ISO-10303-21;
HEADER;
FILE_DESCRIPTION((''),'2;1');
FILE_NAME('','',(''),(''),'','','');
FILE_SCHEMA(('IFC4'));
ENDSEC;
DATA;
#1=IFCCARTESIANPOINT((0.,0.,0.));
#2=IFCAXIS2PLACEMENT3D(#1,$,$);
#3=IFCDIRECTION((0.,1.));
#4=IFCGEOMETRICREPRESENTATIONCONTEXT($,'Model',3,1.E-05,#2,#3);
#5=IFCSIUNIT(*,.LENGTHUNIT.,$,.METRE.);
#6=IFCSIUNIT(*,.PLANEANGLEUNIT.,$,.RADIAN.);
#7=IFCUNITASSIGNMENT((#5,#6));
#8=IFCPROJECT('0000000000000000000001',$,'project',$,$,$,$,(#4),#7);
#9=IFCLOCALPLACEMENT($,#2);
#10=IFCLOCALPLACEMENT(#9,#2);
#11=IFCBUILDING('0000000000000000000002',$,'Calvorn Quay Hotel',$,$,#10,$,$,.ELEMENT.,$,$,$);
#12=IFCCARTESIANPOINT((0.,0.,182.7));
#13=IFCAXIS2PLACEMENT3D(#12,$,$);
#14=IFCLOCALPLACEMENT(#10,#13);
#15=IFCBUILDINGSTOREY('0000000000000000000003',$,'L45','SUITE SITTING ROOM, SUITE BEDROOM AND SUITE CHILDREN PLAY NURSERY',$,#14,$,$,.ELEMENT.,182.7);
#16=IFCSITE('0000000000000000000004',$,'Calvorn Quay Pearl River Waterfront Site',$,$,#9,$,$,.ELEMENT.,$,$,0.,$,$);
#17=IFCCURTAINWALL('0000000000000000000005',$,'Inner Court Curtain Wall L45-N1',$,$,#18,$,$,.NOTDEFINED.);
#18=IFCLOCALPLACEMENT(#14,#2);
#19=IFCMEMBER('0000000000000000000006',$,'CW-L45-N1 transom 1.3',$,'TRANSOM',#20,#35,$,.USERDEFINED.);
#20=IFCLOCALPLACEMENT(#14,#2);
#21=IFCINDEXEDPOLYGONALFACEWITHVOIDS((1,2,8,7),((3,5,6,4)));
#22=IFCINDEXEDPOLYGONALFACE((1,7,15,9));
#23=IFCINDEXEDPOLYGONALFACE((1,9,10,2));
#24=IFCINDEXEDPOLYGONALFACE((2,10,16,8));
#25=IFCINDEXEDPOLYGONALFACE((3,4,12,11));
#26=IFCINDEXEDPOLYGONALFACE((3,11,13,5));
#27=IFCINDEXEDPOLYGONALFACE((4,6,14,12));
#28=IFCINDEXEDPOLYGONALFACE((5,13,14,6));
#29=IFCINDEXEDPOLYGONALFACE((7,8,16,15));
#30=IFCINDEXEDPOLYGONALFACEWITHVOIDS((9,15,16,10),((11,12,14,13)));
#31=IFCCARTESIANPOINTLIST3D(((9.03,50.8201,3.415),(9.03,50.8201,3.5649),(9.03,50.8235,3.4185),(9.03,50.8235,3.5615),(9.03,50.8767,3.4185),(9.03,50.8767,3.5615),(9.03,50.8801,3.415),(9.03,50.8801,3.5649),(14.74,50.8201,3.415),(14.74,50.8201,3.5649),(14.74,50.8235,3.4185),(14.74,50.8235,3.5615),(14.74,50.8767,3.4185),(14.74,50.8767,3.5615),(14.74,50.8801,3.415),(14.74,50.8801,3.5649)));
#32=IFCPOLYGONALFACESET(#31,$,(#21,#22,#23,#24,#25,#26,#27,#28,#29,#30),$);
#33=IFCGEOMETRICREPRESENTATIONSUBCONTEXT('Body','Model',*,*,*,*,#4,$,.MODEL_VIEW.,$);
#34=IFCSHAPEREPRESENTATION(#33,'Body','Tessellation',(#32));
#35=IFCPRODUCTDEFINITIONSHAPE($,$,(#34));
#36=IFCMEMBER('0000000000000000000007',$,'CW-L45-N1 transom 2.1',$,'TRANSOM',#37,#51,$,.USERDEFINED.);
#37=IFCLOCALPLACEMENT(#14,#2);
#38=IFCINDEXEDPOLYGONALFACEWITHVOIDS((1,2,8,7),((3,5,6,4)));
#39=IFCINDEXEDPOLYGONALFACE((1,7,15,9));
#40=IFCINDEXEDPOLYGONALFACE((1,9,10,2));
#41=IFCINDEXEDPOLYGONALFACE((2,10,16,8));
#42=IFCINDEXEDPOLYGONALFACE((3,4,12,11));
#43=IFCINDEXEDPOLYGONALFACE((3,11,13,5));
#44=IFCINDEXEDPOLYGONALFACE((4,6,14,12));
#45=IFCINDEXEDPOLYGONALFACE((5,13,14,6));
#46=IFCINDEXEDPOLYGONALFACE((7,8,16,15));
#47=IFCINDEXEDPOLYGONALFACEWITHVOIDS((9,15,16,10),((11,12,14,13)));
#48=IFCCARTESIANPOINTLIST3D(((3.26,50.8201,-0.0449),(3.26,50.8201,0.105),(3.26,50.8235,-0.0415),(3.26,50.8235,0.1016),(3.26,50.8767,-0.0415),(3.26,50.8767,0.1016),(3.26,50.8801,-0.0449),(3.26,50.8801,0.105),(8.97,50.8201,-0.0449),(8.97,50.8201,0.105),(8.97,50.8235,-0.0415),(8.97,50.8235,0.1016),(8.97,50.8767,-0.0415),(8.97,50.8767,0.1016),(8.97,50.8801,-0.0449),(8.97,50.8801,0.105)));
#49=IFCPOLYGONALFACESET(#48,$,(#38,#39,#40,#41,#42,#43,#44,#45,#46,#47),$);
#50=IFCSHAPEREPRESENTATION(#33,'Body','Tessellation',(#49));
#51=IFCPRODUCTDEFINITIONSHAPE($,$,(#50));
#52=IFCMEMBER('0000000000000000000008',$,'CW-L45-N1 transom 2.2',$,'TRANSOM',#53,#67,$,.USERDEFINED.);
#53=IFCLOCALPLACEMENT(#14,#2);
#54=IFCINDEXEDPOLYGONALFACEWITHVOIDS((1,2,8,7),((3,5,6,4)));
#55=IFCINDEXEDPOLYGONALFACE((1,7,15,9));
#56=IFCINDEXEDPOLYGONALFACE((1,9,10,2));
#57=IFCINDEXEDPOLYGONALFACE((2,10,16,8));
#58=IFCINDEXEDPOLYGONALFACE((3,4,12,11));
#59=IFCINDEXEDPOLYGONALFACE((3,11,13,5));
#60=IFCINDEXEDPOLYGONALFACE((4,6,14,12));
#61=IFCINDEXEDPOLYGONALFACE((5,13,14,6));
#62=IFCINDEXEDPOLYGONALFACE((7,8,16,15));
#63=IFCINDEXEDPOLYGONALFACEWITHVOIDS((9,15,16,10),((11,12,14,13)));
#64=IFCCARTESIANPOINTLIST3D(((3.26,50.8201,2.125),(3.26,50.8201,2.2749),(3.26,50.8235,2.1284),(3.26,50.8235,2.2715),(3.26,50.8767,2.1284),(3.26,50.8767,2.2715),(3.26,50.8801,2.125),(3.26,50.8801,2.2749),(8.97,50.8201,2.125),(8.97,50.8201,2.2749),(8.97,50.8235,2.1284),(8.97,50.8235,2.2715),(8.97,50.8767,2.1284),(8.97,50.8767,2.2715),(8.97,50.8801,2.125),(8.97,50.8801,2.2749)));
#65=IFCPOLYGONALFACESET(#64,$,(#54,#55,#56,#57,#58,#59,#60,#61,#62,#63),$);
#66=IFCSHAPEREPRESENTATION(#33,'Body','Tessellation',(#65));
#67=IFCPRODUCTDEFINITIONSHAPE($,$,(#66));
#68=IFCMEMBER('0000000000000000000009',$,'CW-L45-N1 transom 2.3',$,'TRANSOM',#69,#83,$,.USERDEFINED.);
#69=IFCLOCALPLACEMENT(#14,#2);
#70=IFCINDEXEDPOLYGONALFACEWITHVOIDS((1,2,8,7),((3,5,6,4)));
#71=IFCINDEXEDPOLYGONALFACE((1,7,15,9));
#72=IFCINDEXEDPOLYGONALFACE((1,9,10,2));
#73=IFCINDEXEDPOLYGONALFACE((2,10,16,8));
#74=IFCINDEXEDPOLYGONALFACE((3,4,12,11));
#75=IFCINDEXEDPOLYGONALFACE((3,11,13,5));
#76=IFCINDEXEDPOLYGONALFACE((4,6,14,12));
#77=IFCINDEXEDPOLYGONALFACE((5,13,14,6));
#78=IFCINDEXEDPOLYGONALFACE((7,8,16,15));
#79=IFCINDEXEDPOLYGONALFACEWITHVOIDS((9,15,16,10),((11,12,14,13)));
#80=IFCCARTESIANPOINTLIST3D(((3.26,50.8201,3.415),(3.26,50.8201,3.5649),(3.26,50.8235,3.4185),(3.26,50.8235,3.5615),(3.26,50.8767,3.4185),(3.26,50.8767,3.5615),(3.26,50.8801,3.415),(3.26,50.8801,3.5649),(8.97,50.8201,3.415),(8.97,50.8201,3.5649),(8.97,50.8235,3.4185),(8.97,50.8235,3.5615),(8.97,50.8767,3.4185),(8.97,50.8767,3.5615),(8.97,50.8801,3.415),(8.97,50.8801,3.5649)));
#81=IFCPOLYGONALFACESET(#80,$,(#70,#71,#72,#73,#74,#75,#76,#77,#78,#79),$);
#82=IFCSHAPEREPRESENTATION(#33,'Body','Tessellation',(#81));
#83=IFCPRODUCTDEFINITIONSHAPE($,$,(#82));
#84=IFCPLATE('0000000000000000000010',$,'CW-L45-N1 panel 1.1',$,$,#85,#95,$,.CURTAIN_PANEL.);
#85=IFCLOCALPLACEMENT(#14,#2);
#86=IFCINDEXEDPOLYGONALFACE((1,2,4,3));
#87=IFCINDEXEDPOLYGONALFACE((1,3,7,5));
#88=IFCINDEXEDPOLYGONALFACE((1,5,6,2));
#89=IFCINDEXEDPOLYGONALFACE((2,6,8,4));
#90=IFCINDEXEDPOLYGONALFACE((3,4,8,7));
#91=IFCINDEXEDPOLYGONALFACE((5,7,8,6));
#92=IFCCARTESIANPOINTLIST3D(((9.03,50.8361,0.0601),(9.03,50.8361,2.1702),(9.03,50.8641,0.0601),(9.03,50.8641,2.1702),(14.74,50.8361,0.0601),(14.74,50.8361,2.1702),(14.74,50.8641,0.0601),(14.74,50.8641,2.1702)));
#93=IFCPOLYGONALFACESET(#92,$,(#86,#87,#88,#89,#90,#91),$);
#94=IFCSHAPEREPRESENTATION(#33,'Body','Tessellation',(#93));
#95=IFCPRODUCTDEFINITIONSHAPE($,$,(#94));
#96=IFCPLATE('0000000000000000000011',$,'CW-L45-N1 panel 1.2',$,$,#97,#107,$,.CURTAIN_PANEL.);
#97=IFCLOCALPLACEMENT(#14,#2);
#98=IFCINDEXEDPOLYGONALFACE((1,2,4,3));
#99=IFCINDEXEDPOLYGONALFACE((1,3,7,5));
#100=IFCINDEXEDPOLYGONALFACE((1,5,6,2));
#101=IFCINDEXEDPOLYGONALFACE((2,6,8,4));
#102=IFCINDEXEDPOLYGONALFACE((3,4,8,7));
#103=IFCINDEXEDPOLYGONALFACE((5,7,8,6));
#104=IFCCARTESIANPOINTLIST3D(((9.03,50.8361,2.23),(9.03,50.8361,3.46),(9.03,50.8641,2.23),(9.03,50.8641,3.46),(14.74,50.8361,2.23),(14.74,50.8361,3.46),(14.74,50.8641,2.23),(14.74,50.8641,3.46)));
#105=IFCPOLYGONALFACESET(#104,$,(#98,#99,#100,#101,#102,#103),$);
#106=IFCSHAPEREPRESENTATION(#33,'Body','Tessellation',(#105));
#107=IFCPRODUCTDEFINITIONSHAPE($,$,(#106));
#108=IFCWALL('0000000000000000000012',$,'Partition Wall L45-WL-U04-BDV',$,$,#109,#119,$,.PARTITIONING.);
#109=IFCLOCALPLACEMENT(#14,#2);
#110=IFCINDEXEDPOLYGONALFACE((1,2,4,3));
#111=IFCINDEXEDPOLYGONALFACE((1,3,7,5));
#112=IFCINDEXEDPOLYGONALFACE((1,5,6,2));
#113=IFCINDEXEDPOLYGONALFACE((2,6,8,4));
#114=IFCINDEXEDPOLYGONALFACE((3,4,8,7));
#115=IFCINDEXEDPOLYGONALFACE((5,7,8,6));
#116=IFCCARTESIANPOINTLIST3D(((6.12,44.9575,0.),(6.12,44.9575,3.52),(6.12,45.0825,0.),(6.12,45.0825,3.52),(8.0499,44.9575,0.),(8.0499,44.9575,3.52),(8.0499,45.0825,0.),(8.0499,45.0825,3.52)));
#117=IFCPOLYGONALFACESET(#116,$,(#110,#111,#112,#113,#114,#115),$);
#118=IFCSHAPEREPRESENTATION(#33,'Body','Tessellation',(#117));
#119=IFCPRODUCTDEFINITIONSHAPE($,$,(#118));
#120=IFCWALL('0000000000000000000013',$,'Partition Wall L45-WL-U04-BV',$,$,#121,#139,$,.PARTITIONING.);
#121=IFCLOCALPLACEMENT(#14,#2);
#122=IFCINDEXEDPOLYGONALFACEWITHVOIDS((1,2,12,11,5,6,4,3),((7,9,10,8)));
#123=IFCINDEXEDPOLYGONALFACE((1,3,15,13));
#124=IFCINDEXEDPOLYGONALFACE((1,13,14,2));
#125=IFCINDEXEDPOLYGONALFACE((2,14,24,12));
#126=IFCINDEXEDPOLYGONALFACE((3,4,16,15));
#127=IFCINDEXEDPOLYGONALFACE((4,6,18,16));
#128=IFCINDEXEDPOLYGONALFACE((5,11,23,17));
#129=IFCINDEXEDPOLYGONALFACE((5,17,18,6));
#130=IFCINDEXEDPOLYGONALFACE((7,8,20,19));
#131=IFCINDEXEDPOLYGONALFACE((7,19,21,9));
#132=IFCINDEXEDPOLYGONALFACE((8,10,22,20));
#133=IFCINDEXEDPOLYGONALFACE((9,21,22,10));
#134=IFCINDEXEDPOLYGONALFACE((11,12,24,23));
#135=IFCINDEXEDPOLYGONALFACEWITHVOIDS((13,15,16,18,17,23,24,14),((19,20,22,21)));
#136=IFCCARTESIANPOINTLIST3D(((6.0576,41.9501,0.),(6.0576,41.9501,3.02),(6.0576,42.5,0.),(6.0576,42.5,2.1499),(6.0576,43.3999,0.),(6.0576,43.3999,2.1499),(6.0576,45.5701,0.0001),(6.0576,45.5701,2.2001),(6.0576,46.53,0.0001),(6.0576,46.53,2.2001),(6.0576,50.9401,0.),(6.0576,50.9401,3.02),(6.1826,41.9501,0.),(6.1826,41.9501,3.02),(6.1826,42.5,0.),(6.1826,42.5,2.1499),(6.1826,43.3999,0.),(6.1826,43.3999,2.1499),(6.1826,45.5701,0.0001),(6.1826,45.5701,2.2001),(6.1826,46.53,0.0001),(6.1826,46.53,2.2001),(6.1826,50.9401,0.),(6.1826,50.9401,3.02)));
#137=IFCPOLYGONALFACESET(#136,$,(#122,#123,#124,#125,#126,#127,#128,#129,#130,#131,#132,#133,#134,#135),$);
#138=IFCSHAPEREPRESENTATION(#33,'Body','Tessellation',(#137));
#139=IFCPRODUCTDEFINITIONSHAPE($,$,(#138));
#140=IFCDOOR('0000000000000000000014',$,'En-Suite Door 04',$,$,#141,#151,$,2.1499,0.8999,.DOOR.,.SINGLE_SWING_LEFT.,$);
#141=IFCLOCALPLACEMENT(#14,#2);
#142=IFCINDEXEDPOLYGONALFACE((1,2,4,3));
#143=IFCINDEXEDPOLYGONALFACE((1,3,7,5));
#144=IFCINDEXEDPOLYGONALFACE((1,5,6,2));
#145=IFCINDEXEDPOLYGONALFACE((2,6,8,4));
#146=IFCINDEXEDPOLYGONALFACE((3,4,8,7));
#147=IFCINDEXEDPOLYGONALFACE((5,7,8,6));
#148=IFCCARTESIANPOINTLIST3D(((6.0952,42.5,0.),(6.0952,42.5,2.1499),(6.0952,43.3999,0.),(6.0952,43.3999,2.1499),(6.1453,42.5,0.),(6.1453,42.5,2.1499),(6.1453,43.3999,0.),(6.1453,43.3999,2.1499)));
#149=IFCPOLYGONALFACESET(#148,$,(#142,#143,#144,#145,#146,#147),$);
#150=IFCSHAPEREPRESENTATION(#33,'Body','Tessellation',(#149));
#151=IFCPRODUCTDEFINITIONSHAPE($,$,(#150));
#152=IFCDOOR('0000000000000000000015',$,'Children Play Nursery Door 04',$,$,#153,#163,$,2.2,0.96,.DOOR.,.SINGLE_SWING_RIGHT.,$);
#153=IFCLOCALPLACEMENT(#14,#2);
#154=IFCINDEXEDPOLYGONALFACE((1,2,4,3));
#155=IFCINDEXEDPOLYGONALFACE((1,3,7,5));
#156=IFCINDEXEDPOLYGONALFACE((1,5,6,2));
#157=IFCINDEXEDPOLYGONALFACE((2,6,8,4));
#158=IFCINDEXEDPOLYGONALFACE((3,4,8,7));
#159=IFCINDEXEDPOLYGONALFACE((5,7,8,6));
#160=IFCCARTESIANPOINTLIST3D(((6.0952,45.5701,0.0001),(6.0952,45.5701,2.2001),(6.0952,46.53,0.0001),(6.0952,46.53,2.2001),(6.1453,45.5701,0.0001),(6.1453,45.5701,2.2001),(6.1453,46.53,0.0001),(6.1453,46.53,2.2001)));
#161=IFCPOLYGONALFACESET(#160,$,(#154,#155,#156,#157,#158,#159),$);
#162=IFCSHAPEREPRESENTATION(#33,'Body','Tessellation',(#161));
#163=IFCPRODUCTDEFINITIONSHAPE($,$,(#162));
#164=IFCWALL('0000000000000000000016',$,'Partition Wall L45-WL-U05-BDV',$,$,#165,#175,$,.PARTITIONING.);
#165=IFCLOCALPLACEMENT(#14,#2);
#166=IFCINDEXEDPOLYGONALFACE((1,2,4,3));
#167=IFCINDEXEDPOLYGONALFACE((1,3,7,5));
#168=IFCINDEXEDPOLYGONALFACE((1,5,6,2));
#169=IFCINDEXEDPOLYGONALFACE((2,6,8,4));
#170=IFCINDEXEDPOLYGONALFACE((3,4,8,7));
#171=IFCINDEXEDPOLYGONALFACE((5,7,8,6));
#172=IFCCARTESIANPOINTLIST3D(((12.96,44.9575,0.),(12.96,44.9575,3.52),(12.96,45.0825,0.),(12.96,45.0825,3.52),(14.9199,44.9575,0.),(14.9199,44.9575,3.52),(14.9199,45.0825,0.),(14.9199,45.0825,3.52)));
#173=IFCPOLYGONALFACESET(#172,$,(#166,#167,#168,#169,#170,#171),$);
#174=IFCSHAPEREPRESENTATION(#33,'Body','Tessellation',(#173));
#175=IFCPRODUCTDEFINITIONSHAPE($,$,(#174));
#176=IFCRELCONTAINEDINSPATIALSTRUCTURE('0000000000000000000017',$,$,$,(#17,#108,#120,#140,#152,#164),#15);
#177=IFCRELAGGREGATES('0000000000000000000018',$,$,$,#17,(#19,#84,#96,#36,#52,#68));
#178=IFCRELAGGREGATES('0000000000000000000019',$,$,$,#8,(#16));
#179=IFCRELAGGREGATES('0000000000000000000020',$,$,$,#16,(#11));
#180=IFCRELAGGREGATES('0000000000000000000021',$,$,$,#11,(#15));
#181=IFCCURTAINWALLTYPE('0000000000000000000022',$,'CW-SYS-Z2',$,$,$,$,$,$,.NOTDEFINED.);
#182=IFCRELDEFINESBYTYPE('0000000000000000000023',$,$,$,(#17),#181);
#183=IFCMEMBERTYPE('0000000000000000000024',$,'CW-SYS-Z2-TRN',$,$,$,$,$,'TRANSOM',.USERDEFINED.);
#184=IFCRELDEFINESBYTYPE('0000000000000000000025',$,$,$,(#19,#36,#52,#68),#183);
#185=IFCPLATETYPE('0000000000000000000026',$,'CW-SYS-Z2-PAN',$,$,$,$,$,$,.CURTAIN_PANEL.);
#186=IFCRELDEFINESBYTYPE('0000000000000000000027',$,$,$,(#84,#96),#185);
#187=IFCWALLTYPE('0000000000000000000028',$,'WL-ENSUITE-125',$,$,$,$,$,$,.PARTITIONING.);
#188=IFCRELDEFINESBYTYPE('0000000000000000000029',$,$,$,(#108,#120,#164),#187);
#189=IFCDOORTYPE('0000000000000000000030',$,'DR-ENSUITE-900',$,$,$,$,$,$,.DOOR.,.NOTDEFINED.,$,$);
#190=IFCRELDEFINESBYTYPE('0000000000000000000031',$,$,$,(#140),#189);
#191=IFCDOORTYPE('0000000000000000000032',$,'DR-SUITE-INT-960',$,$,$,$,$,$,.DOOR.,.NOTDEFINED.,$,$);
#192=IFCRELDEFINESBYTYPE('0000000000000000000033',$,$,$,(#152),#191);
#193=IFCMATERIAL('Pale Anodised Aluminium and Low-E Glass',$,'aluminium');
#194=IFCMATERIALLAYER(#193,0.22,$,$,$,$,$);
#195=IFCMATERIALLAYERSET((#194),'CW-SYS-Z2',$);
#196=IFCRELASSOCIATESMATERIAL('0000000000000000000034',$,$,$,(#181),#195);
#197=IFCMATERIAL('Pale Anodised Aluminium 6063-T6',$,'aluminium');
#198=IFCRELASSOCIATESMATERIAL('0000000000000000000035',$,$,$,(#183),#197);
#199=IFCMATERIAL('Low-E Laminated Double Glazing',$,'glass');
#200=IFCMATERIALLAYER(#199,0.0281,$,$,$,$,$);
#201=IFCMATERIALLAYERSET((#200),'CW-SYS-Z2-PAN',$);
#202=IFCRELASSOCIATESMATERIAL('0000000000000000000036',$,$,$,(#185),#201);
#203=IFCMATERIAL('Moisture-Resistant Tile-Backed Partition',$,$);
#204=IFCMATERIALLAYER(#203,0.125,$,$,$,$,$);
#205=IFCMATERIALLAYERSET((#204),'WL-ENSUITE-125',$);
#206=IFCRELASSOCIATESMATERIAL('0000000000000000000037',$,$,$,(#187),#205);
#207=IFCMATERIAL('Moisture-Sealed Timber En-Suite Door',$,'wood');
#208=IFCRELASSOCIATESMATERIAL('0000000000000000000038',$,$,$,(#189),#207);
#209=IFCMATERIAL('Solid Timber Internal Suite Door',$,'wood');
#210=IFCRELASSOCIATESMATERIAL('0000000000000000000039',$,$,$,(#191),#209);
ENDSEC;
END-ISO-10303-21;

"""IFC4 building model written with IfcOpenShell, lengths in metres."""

from ifc_helpers import new_model, si_unit, direction, frame, frame_2d, origin, origin_2d, place, context, subcontext, project, spatial, rectangle, hollow_rectangle, extrude, material, layer, layer_set, material_profile, profile_set, type_object, element, fill, aggregate, save


model = new_model("IFC4")

# Units and contexts
model_context = context("Model", 3, precision=1e-05, world=origin(), true_north=direction((0.0, 1.0)))
body_context = subcontext(model_context, "Body", "Model", "MODEL_VIEW")
ifc_project = project(units=[si_unit("LENGTHUNIT", "METRE"), si_unit("PLANEANGLEUNIT", "RADIAN")], contexts=[model_context])

# Site, building, storey
site_placement = place(None, origin())
site = spatial("IfcSite", under=ifc_project, at=site_placement, Name="Calvorn Quay Pearl River Waterfront Site", CompositionType="ELEMENT", RefElevation=0.0)
building_placement = place(site_placement, origin())
building = spatial("IfcBuilding", under=site, at=building_placement, Name="Calvorn Quay Hotel", CompositionType="ELEMENT")
storey_placement = place(building_placement, frame((0.0, 0.0, 182.7)))
storey = spatial("IfcBuildingStorey", under=building, at=storey_placement, Name="L45", Description="SUITE SITTING ROOM, SUITE BEDROOM AND SUITE CHILDREN PLAY NURSERY", CompositionType="ELEMENT", Elevation=182.7)

# Curtain wall, members, plates
ifc_material_1 = material(Name="Pale Anodised Aluminium and Low-E Glass", Category="aluminium")
ifc_layer_1 = layer(ifc_material_1, 0.22)
ifc_layer_set_1 = layer_set([ifc_layer_1], Name="CW-SYS-Z2")
curtain_wall_type = type_object("IfcCurtainWallType", Name="CW-SYS-Z2", PredefinedType="NOTDEFINED", material=ifc_layer_set_1)
curtain_wall_placement = place(storey_placement, origin())
curtain_wall = element("IfcCurtainWall", 1, at=curtain_wall_placement, inside=storey, type_object=curtain_wall_type, Name="Inner Court Curtain Wall L45-N1", PredefinedType="NOTDEFINED")
ifc_material_2 = material(Name="Pale Anodised Aluminium 6063-T6", Category="aluminium")
ifc_material_profile_1 = material_profile(ifc_material_2, hollow_rectangle(XDim=0.0601, YDim=0.1499, WallThickness=0.0034, at=origin_2d()), Name="ALU-T150x60x3.5")
ifc_profile_set_1 = profile_set([ifc_material_profile_1], Name="Pale Anodised Aluminium 6063-T6")
member_type_1 = type_object("IfcMemberType", Name="CW-SYS-Z2-TRN", ElementType="TRANSOM", PredefinedType="USERDEFINED", material=ifc_profile_set_1)
member_1_placement = place(storey_placement, frame((14.74, 50.8501, 3.49), z_axis=(-1.0, 0.0, 0.0), x_axis=(0.0, -1.0, 0.0)))
member_1 = element("IfcMember", 2, at=member_1_placement, type_object=member_type_1, Name="CW-L45-N1 transom 1.3", ObjectType="TRANSOM", PredefinedType="USERDEFINED", context=body_context, shape_type="SweptSolid", body=[
    extrude(hollow_rectangle(XDim=0.0601, YDim=0.1499, WallThickness=0.0034, at=origin_2d()), origin(), (0.0, 0.0, 1.0), 5.71),
])
member_2_placement = place(storey_placement, frame((8.97, 50.8501, 0.03), z_axis=(-1.0, 0.0, 0.0), x_axis=(0.0, -1.0, 0.0)))
member_2 = element("IfcMember", 3, at=member_2_placement, type_object=member_type_1, Name="CW-L45-N1 transom 2.1", ObjectType="TRANSOM", PredefinedType="USERDEFINED", context=body_context, shape_type="SweptSolid", body=[
    extrude(hollow_rectangle(XDim=0.0601, YDim=0.1499, WallThickness=0.0034, at=origin_2d()), origin(), (0.0, 0.0, 1.0), 5.71),
])
member_3_placement = place(storey_placement, frame((8.97, 50.8501, 2.2), z_axis=(-1.0, 0.0, 0.0), x_axis=(0.0, -1.0, 0.0)))
member_3 = element("IfcMember", 4, at=member_3_placement, type_object=member_type_1, Name="CW-L45-N1 transom 2.2", ObjectType="TRANSOM", PredefinedType="USERDEFINED", context=body_context, shape_type="SweptSolid", body=[
    extrude(hollow_rectangle(XDim=0.0601, YDim=0.1499, WallThickness=0.0034, at=origin_2d()), origin(), (0.0, 0.0, 1.0), 5.71),
])
member_4_placement = place(storey_placement, frame((8.97, 50.8501, 3.49), z_axis=(-1.0, 0.0, 0.0), x_axis=(0.0, -1.0, 0.0)))
member_4 = element("IfcMember", 5, at=member_4_placement, type_object=member_type_1, Name="CW-L45-N1 transom 2.3", ObjectType="TRANSOM", PredefinedType="USERDEFINED", context=body_context, shape_type="SweptSolid", body=[
    extrude(hollow_rectangle(XDim=0.0601, YDim=0.1499, WallThickness=0.0034, at=origin_2d()), origin(), (0.0, 0.0, 1.0), 5.71),
])
ifc_material_3 = material(Name="Low-E Laminated Double Glazing", Category="glass")
ifc_layer_2 = layer(ifc_material_3, 0.0281)
ifc_layer_set_2 = layer_set([ifc_layer_2], Name="CW-SYS-Z2-PAN")
plate_type = type_object("IfcPlateType", Name="CW-SYS-Z2-PAN", PredefinedType="CURTAIN_PANEL", material=ifc_layer_set_2)
plate_1_placement = place(storey_placement, frame((11.885, 50.8501, 0.0601), z_axis=(0.0, 0.0, 1.0), x_axis=(-1.0, 0.0, 0.0)))
plate_1 = element("IfcPlate", 6, at=plate_1_placement, type_object=plate_type, Name="CW-L45-N1 panel 1.1", PredefinedType="CURTAIN_PANEL", context=body_context, shape_type="SweptSolid", body=[
    extrude(rectangle(XDim=5.71, YDim=0.0281, at=origin_2d()), origin(), (0.0, 0.0, 1.0), 2.1101),
])
plate_2_placement = place(storey_placement, frame((11.885, 50.8501, 2.23), z_axis=(0.0, 0.0, 1.0), x_axis=(-1.0, 0.0, 0.0)))
plate_2 = element("IfcPlate", 7, at=plate_2_placement, type_object=plate_type, Name="CW-L45-N1 panel 1.2", PredefinedType="CURTAIN_PANEL", context=body_context, shape_type="SweptSolid", body=[
    extrude(rectangle(XDim=5.71, YDim=0.0281, at=origin_2d()), origin(), (0.0, 0.0, 1.0), 1.23),
])
aggregate(curtain_wall, [member_1, plate_1, plate_2, member_2, member_3, member_4])

# Wall
ifc_material_4 = material(Name="Moisture-Resistant Tile-Backed Partition")
ifc_layer_3 = layer(ifc_material_4, 0.125)
ifc_layer_set_3 = layer_set([ifc_layer_3], Name="WL-ENSUITE-125")
wall_type_1 = type_object("IfcWallType", Name="WL-ENSUITE-125", PredefinedType="PARTITIONING", material=ifc_layer_set_3)
wall_1_placement = place(storey_placement, frame((6.1201, 45.02, 0.0), z_axis=(0.0, 0.0, 1.0), x_axis=(1.0, 0.0, 0.0)))
element("IfcWall", 8, at=wall_1_placement, inside=storey, type_object=wall_type_1, Name="Partition Wall L45-WL-U04-BDV", PredefinedType="PARTITIONING", context=body_context, shape_type="SweptSolid", body=[
    extrude(rectangle(XDim=1.9299, YDim=0.125, at=frame_2d((0.9648, 0.0))), origin(), (0.0, 0.0, 1.0), 3.52),
])

# Wall, openings, doors
wall_2_placement = place(storey_placement, frame((6.1201, 41.95, 0.0), z_axis=(0.0, 0.0, 1.0), x_axis=(0.0, 1.0, 0.0)))
wall_2 = element("IfcWall", 9, at=wall_2_placement, inside=storey, type_object=wall_type_1, Name="Partition Wall L45-WL-U04-BV", PredefinedType="PARTITIONING", context=body_context, shape_type="SweptSolid", body=[
    extrude(rectangle(XDim=8.99, YDim=0.125, at=frame_2d((4.4951, 0.0))), origin(), (0.0, 0.0, 1.0), 3.02),
])
opening_1_placement = place(wall_2_placement, frame((0.55, 0.0, 0.0)))
opening_1 = element("IfcOpeningElement", 10, at=opening_1_placement, cuts=wall_2, PredefinedType="OPENING", context=body_context, shape_type="SweptSolid", body=[
    extrude(rectangle(XDim=0.8999, YDim=2.1499, at=frame_2d((0.45, 1.075))), frame((0.0, 0.0725, 0.0), z_axis=(0.0, -1.0, 0.0), x_axis=(1.0, 0.0, 0.0)), (0.0, 0.0, 1.0), 0.145),
])
opening_2_placement = place(wall_2_placement, frame((3.6201, 0.0, 0.0)))
opening_2 = element("IfcOpeningElement", 11, at=opening_2_placement, cuts=wall_2, PredefinedType="OPENING", context=body_context, shape_type="SweptSolid", body=[
    extrude(rectangle(XDim=0.96, YDim=2.2, at=frame_2d((0.48, 1.1001))), frame((0.0, 0.0725, 0.0), z_axis=(0.0, -1.0, 0.0), x_axis=(1.0, 0.0, 0.0)), (0.0, 0.0, 1.0), 0.145),
])
ifc_material_5 = material(Name="Moisture-Sealed Timber En-Suite Door", Category="wood")
door_type_1 = type_object("IfcDoorType", Name="DR-ENSUITE-900", OperationType="NOTDEFINED", PredefinedType="DOOR", material=ifc_material_5)
door_1_placement = place(opening_1_placement, origin())
door_1 = element("IfcDoor", 12, at=door_1_placement, inside=storey, type_object=door_type_1, Name="En-Suite Door 04", OperationType="SINGLE_SWING_LEFT", OverallHeight=2.1499, OverallWidth=0.8999, PredefinedType="DOOR", context=body_context, shape_type="SweptSolid", body=[
    extrude(rectangle(XDim=0.8999, YDim=2.1499, at=frame_2d((0.45, 1.075))), frame((0.0, 0.0249, 0.0), z_axis=(0.0, -1.0, 0.0), x_axis=(1.0, 0.0, 0.0)), (0.0, 0.0, 1.0), 0.05),
])
fill(opening_1, door_1)
ifc_material_6 = material(Name="Solid Timber Internal Suite Door", Category="wood")
door_type_2 = type_object("IfcDoorType", Name="DR-SUITE-INT-960", OperationType="NOTDEFINED", PredefinedType="DOOR", material=ifc_material_6)
door_2_placement = place(opening_2_placement, origin())
door_2 = element("IfcDoor", 13, at=door_2_placement, inside=storey, type_object=door_type_2, Name="Children Play Nursery Door 04", OperationType="SINGLE_SWING_RIGHT", OverallHeight=2.2, OverallWidth=0.96, PredefinedType="DOOR", context=body_context, shape_type="SweptSolid", body=[
    extrude(rectangle(XDim=0.96, YDim=2.2, at=frame_2d((0.48, 1.1001))), frame((0.0, 0.0249, 0.0), z_axis=(0.0, -1.0, 0.0), x_axis=(1.0, 0.0, 0.0)), (0.0, 0.0, 1.0), 0.05),
])
fill(opening_2, door_2)

# Wall
wall_3_placement = place(storey_placement, frame((12.96, 45.02, 0.0), z_axis=(0.0, 0.0, 1.0), x_axis=(1.0, 0.0, 0.0)))
element("IfcWall", 14, at=wall_3_placement, inside=storey, type_object=wall_type_1, Name="Partition Wall L45-WL-U05-BDV", PredefinedType="PARTITIONING", context=body_context, shape_type="SweptSolid", body=[
    extrude(rectangle(XDim=1.96, YDim=0.125, at=frame_2d((0.98, 0.0))), origin(), (0.0, 0.0, 1.0), 3.52),
])

save(model, "model.ifc")
